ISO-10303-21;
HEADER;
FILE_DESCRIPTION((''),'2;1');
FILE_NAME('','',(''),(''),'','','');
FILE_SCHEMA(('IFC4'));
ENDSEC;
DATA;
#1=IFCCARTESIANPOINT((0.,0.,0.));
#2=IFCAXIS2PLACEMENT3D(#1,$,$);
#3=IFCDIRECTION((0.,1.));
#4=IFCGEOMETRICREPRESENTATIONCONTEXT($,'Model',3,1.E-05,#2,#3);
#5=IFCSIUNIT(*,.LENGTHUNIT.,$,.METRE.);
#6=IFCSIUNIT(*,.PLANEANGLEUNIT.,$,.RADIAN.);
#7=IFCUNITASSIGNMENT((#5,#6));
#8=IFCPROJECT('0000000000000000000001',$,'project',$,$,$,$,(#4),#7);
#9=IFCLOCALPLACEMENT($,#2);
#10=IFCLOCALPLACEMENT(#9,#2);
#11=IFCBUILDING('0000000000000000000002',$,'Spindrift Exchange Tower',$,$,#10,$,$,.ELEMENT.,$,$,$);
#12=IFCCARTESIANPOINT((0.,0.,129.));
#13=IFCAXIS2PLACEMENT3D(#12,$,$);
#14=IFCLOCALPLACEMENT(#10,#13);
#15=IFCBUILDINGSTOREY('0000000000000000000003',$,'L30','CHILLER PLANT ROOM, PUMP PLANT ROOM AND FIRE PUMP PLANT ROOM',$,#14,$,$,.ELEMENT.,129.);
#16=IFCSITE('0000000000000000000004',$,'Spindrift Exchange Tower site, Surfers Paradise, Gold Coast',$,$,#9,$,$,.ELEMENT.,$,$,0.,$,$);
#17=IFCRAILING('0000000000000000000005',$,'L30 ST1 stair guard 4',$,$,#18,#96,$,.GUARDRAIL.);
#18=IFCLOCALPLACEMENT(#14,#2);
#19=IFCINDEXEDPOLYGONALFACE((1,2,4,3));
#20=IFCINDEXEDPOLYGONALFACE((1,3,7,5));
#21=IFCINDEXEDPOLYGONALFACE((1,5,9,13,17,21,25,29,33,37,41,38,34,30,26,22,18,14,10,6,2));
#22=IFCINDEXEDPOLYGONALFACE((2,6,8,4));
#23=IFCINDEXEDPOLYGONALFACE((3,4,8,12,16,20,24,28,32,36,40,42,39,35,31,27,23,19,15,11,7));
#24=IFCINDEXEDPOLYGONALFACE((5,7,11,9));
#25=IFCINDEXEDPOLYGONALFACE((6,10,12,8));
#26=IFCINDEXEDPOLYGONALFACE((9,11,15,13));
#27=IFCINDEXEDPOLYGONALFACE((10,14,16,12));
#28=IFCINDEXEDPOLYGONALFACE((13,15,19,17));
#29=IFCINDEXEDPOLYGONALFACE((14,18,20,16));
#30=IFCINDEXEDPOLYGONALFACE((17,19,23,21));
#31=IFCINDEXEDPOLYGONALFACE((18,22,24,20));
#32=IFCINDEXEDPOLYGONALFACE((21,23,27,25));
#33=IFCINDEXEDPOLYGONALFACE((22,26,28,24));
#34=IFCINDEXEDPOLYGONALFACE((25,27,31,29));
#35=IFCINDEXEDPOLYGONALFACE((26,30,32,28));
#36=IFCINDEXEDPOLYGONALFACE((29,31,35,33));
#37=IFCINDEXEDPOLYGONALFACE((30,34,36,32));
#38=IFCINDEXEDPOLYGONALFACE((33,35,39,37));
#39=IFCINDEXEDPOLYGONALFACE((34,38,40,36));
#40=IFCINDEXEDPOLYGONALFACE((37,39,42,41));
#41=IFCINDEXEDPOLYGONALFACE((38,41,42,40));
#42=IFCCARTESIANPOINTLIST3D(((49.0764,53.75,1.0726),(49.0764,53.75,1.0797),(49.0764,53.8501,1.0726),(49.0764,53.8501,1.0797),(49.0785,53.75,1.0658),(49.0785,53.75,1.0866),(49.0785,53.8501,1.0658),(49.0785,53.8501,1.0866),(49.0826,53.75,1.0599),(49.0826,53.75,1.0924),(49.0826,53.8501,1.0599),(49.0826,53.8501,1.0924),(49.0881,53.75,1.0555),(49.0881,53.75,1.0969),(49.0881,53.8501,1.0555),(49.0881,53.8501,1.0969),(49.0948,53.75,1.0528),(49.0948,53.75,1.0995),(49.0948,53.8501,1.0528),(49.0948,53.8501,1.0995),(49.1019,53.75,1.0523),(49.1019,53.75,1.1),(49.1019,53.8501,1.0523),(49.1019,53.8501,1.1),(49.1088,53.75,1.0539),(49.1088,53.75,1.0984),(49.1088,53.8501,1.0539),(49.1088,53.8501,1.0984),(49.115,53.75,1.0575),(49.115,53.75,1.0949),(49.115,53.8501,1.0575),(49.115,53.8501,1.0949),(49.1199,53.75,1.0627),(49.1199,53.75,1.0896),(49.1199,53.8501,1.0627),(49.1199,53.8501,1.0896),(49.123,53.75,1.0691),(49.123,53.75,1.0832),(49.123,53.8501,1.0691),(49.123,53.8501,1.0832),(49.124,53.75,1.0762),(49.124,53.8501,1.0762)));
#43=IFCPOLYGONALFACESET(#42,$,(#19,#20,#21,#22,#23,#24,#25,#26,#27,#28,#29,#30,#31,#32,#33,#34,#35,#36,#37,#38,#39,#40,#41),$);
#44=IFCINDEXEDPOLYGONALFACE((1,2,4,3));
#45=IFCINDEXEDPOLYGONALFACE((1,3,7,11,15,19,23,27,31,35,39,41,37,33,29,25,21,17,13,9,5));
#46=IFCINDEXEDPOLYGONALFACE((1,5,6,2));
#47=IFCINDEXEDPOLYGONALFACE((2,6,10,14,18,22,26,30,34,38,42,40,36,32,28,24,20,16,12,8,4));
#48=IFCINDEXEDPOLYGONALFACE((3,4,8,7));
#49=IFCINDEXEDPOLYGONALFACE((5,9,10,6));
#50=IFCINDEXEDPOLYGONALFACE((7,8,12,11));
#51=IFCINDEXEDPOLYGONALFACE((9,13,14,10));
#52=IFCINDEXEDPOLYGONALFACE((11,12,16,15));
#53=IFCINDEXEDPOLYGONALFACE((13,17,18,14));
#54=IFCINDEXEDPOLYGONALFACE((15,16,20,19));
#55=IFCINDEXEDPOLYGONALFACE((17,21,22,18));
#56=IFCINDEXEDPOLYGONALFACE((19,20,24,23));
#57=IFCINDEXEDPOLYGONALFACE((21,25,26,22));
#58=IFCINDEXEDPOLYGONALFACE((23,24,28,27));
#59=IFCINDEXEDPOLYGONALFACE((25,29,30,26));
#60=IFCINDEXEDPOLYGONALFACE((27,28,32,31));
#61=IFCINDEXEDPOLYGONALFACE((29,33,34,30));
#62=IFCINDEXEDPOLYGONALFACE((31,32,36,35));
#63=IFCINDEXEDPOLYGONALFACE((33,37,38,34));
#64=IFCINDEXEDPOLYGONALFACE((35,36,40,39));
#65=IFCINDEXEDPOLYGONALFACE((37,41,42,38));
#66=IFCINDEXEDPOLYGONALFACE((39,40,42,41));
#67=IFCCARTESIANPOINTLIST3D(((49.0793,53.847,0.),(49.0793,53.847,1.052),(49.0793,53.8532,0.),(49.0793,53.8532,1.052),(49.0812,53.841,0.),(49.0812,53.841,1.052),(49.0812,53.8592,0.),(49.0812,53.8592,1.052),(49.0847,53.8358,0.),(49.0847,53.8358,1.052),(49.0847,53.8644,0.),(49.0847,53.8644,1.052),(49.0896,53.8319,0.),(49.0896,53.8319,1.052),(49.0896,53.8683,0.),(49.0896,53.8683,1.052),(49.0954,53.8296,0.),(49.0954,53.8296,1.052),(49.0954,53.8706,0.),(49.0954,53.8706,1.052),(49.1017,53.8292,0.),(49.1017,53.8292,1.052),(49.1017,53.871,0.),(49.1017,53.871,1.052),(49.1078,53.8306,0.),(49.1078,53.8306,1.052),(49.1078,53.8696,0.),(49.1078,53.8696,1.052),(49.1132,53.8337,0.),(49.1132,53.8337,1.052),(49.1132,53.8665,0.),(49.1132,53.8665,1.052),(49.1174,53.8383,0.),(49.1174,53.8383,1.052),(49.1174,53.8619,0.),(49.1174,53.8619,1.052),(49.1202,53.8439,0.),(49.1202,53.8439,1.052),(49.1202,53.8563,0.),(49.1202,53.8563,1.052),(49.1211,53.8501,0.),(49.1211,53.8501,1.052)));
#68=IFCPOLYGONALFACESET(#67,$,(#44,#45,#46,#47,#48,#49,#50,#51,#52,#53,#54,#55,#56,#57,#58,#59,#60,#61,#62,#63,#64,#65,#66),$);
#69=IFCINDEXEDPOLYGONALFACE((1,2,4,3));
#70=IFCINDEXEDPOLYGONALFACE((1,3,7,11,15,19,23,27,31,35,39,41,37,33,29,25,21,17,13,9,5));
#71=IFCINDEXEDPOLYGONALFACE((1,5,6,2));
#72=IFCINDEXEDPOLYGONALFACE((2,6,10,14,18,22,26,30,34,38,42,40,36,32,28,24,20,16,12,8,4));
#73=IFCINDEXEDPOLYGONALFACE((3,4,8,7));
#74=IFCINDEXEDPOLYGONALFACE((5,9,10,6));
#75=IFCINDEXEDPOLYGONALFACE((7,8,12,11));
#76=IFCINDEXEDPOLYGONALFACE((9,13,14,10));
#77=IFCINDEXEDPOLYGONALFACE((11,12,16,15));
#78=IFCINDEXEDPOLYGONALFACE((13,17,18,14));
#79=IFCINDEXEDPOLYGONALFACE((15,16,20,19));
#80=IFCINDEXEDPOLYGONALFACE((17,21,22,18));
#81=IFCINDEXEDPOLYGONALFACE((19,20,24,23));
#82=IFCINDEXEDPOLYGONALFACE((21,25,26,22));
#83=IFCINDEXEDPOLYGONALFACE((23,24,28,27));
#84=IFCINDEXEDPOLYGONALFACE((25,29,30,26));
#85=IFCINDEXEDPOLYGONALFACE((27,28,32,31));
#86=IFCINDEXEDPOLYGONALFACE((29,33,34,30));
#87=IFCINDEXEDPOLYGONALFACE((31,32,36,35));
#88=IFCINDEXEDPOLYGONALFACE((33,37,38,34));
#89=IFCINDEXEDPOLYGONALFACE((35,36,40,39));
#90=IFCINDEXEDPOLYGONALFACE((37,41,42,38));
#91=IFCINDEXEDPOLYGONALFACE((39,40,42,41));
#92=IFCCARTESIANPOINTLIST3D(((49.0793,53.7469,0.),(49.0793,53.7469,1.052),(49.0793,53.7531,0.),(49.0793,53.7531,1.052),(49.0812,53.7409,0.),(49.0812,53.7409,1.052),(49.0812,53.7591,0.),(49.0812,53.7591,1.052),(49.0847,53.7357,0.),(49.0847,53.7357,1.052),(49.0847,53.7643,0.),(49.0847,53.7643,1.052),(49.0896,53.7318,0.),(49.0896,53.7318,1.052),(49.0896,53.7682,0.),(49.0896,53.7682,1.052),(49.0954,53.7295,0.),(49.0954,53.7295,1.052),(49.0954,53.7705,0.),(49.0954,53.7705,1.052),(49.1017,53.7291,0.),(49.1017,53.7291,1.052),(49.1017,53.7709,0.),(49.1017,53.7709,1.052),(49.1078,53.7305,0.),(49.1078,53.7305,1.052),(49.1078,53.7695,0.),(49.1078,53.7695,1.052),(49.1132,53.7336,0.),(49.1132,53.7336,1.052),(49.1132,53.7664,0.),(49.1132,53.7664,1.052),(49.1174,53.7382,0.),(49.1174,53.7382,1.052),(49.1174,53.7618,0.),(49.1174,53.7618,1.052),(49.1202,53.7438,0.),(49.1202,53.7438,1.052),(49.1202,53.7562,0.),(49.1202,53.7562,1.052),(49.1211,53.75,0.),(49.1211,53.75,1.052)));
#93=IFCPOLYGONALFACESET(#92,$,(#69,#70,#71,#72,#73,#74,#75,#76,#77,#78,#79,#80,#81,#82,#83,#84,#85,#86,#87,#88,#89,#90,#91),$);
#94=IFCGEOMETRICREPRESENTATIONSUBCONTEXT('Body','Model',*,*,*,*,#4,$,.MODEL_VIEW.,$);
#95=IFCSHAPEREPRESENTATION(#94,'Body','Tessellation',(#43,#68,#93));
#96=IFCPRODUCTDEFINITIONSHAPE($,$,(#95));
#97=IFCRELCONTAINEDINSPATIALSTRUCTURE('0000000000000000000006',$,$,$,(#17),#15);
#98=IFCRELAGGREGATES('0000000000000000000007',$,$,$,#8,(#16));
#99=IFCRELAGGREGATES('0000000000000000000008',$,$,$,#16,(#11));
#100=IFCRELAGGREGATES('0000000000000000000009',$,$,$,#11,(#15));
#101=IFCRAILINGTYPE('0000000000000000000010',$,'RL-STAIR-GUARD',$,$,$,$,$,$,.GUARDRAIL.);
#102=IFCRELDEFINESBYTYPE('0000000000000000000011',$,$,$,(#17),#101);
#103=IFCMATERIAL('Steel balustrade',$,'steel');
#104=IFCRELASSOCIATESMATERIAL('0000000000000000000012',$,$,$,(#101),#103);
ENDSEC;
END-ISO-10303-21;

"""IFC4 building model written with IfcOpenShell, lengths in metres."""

from ifc_helpers import new_model, si_unit, direction, frame, origin, origin_2d, place, context, subcontext, project, spatial, circle, extrude, material, type_object, element, save


model = new_model("IFC4")

# Units and contexts
model_context = context("Model", 3, precision=1e-05, world=origin(), true_north=direction((0.0, 1.0)))
body_context = subcontext(model_context, "Body", "Model", "MODEL_VIEW")
ifc_project = project(units=[si_unit("LENGTHUNIT", "METRE"), si_unit("PLANEANGLEUNIT", "RADIAN")], contexts=[model_context])

# Site, building, storey
site_placement = place(None, origin())
site = spatial("IfcSite", under=ifc_project, at=site_placement, Name="Spindrift Exchange Tower site, Surfers Paradise, Gold Coast", CompositionType="ELEMENT", RefElevation=0.0)
building_placement = place(site_placement, origin())
building = spatial("IfcBuilding", under=site, at=building_placement, Name="Spindrift Exchange Tower", CompositionType="ELEMENT")
storey_placement = place(building_placement, frame((0.0, 0.0, 129.0)))
storey = spatial("IfcBuildingStorey", under=building, at=storey_placement, Name="L30", Description="CHILLER PLANT ROOM, PUMP PLANT ROOM AND FIRE PUMP PLANT ROOM", CompositionType="ELEMENT", Elevation=129.0)

# Railing
ifc_material_1 = material(Name="Steel balustrade", Category="steel")
railing_type_1 = type_object("IfcRailingType", Name="RL-STAIR-GUARD", PredefinedType="GUARDRAIL", material=ifc_material_1)
railing_1_placement = place(storey_placement, frame((49.1001, 53.8501, 0.0)))
element("IfcRailing", 1, at=railing_1_placement, inside=storey, type_object=railing_type_1, Name="L30 ST1 stair guard 4", PredefinedType="GUARDRAIL", context=body_context, shape_type="SweptSolid", body=[
    extrude(circle(Radius=0.0239, at=origin_2d()), frame((0.0, 0.0, 1.0762), z_axis=(0.0, -1.0, 0.0), x_axis=(1.0, 0.0, 0.0)), (0.0, 0.0, 1.0), 0.1001),
    extrude(circle(Radius=0.021, at=origin_2d()), origin(), (0.0, 0.0, 1.0), 1.052),
    extrude(circle(Radius=0.021, at=origin_2d()), frame((0.0, -0.1001, 0.0)), (0.0, 0.0, 1.0), 1.052),
])

save(model, "model.ifc")
